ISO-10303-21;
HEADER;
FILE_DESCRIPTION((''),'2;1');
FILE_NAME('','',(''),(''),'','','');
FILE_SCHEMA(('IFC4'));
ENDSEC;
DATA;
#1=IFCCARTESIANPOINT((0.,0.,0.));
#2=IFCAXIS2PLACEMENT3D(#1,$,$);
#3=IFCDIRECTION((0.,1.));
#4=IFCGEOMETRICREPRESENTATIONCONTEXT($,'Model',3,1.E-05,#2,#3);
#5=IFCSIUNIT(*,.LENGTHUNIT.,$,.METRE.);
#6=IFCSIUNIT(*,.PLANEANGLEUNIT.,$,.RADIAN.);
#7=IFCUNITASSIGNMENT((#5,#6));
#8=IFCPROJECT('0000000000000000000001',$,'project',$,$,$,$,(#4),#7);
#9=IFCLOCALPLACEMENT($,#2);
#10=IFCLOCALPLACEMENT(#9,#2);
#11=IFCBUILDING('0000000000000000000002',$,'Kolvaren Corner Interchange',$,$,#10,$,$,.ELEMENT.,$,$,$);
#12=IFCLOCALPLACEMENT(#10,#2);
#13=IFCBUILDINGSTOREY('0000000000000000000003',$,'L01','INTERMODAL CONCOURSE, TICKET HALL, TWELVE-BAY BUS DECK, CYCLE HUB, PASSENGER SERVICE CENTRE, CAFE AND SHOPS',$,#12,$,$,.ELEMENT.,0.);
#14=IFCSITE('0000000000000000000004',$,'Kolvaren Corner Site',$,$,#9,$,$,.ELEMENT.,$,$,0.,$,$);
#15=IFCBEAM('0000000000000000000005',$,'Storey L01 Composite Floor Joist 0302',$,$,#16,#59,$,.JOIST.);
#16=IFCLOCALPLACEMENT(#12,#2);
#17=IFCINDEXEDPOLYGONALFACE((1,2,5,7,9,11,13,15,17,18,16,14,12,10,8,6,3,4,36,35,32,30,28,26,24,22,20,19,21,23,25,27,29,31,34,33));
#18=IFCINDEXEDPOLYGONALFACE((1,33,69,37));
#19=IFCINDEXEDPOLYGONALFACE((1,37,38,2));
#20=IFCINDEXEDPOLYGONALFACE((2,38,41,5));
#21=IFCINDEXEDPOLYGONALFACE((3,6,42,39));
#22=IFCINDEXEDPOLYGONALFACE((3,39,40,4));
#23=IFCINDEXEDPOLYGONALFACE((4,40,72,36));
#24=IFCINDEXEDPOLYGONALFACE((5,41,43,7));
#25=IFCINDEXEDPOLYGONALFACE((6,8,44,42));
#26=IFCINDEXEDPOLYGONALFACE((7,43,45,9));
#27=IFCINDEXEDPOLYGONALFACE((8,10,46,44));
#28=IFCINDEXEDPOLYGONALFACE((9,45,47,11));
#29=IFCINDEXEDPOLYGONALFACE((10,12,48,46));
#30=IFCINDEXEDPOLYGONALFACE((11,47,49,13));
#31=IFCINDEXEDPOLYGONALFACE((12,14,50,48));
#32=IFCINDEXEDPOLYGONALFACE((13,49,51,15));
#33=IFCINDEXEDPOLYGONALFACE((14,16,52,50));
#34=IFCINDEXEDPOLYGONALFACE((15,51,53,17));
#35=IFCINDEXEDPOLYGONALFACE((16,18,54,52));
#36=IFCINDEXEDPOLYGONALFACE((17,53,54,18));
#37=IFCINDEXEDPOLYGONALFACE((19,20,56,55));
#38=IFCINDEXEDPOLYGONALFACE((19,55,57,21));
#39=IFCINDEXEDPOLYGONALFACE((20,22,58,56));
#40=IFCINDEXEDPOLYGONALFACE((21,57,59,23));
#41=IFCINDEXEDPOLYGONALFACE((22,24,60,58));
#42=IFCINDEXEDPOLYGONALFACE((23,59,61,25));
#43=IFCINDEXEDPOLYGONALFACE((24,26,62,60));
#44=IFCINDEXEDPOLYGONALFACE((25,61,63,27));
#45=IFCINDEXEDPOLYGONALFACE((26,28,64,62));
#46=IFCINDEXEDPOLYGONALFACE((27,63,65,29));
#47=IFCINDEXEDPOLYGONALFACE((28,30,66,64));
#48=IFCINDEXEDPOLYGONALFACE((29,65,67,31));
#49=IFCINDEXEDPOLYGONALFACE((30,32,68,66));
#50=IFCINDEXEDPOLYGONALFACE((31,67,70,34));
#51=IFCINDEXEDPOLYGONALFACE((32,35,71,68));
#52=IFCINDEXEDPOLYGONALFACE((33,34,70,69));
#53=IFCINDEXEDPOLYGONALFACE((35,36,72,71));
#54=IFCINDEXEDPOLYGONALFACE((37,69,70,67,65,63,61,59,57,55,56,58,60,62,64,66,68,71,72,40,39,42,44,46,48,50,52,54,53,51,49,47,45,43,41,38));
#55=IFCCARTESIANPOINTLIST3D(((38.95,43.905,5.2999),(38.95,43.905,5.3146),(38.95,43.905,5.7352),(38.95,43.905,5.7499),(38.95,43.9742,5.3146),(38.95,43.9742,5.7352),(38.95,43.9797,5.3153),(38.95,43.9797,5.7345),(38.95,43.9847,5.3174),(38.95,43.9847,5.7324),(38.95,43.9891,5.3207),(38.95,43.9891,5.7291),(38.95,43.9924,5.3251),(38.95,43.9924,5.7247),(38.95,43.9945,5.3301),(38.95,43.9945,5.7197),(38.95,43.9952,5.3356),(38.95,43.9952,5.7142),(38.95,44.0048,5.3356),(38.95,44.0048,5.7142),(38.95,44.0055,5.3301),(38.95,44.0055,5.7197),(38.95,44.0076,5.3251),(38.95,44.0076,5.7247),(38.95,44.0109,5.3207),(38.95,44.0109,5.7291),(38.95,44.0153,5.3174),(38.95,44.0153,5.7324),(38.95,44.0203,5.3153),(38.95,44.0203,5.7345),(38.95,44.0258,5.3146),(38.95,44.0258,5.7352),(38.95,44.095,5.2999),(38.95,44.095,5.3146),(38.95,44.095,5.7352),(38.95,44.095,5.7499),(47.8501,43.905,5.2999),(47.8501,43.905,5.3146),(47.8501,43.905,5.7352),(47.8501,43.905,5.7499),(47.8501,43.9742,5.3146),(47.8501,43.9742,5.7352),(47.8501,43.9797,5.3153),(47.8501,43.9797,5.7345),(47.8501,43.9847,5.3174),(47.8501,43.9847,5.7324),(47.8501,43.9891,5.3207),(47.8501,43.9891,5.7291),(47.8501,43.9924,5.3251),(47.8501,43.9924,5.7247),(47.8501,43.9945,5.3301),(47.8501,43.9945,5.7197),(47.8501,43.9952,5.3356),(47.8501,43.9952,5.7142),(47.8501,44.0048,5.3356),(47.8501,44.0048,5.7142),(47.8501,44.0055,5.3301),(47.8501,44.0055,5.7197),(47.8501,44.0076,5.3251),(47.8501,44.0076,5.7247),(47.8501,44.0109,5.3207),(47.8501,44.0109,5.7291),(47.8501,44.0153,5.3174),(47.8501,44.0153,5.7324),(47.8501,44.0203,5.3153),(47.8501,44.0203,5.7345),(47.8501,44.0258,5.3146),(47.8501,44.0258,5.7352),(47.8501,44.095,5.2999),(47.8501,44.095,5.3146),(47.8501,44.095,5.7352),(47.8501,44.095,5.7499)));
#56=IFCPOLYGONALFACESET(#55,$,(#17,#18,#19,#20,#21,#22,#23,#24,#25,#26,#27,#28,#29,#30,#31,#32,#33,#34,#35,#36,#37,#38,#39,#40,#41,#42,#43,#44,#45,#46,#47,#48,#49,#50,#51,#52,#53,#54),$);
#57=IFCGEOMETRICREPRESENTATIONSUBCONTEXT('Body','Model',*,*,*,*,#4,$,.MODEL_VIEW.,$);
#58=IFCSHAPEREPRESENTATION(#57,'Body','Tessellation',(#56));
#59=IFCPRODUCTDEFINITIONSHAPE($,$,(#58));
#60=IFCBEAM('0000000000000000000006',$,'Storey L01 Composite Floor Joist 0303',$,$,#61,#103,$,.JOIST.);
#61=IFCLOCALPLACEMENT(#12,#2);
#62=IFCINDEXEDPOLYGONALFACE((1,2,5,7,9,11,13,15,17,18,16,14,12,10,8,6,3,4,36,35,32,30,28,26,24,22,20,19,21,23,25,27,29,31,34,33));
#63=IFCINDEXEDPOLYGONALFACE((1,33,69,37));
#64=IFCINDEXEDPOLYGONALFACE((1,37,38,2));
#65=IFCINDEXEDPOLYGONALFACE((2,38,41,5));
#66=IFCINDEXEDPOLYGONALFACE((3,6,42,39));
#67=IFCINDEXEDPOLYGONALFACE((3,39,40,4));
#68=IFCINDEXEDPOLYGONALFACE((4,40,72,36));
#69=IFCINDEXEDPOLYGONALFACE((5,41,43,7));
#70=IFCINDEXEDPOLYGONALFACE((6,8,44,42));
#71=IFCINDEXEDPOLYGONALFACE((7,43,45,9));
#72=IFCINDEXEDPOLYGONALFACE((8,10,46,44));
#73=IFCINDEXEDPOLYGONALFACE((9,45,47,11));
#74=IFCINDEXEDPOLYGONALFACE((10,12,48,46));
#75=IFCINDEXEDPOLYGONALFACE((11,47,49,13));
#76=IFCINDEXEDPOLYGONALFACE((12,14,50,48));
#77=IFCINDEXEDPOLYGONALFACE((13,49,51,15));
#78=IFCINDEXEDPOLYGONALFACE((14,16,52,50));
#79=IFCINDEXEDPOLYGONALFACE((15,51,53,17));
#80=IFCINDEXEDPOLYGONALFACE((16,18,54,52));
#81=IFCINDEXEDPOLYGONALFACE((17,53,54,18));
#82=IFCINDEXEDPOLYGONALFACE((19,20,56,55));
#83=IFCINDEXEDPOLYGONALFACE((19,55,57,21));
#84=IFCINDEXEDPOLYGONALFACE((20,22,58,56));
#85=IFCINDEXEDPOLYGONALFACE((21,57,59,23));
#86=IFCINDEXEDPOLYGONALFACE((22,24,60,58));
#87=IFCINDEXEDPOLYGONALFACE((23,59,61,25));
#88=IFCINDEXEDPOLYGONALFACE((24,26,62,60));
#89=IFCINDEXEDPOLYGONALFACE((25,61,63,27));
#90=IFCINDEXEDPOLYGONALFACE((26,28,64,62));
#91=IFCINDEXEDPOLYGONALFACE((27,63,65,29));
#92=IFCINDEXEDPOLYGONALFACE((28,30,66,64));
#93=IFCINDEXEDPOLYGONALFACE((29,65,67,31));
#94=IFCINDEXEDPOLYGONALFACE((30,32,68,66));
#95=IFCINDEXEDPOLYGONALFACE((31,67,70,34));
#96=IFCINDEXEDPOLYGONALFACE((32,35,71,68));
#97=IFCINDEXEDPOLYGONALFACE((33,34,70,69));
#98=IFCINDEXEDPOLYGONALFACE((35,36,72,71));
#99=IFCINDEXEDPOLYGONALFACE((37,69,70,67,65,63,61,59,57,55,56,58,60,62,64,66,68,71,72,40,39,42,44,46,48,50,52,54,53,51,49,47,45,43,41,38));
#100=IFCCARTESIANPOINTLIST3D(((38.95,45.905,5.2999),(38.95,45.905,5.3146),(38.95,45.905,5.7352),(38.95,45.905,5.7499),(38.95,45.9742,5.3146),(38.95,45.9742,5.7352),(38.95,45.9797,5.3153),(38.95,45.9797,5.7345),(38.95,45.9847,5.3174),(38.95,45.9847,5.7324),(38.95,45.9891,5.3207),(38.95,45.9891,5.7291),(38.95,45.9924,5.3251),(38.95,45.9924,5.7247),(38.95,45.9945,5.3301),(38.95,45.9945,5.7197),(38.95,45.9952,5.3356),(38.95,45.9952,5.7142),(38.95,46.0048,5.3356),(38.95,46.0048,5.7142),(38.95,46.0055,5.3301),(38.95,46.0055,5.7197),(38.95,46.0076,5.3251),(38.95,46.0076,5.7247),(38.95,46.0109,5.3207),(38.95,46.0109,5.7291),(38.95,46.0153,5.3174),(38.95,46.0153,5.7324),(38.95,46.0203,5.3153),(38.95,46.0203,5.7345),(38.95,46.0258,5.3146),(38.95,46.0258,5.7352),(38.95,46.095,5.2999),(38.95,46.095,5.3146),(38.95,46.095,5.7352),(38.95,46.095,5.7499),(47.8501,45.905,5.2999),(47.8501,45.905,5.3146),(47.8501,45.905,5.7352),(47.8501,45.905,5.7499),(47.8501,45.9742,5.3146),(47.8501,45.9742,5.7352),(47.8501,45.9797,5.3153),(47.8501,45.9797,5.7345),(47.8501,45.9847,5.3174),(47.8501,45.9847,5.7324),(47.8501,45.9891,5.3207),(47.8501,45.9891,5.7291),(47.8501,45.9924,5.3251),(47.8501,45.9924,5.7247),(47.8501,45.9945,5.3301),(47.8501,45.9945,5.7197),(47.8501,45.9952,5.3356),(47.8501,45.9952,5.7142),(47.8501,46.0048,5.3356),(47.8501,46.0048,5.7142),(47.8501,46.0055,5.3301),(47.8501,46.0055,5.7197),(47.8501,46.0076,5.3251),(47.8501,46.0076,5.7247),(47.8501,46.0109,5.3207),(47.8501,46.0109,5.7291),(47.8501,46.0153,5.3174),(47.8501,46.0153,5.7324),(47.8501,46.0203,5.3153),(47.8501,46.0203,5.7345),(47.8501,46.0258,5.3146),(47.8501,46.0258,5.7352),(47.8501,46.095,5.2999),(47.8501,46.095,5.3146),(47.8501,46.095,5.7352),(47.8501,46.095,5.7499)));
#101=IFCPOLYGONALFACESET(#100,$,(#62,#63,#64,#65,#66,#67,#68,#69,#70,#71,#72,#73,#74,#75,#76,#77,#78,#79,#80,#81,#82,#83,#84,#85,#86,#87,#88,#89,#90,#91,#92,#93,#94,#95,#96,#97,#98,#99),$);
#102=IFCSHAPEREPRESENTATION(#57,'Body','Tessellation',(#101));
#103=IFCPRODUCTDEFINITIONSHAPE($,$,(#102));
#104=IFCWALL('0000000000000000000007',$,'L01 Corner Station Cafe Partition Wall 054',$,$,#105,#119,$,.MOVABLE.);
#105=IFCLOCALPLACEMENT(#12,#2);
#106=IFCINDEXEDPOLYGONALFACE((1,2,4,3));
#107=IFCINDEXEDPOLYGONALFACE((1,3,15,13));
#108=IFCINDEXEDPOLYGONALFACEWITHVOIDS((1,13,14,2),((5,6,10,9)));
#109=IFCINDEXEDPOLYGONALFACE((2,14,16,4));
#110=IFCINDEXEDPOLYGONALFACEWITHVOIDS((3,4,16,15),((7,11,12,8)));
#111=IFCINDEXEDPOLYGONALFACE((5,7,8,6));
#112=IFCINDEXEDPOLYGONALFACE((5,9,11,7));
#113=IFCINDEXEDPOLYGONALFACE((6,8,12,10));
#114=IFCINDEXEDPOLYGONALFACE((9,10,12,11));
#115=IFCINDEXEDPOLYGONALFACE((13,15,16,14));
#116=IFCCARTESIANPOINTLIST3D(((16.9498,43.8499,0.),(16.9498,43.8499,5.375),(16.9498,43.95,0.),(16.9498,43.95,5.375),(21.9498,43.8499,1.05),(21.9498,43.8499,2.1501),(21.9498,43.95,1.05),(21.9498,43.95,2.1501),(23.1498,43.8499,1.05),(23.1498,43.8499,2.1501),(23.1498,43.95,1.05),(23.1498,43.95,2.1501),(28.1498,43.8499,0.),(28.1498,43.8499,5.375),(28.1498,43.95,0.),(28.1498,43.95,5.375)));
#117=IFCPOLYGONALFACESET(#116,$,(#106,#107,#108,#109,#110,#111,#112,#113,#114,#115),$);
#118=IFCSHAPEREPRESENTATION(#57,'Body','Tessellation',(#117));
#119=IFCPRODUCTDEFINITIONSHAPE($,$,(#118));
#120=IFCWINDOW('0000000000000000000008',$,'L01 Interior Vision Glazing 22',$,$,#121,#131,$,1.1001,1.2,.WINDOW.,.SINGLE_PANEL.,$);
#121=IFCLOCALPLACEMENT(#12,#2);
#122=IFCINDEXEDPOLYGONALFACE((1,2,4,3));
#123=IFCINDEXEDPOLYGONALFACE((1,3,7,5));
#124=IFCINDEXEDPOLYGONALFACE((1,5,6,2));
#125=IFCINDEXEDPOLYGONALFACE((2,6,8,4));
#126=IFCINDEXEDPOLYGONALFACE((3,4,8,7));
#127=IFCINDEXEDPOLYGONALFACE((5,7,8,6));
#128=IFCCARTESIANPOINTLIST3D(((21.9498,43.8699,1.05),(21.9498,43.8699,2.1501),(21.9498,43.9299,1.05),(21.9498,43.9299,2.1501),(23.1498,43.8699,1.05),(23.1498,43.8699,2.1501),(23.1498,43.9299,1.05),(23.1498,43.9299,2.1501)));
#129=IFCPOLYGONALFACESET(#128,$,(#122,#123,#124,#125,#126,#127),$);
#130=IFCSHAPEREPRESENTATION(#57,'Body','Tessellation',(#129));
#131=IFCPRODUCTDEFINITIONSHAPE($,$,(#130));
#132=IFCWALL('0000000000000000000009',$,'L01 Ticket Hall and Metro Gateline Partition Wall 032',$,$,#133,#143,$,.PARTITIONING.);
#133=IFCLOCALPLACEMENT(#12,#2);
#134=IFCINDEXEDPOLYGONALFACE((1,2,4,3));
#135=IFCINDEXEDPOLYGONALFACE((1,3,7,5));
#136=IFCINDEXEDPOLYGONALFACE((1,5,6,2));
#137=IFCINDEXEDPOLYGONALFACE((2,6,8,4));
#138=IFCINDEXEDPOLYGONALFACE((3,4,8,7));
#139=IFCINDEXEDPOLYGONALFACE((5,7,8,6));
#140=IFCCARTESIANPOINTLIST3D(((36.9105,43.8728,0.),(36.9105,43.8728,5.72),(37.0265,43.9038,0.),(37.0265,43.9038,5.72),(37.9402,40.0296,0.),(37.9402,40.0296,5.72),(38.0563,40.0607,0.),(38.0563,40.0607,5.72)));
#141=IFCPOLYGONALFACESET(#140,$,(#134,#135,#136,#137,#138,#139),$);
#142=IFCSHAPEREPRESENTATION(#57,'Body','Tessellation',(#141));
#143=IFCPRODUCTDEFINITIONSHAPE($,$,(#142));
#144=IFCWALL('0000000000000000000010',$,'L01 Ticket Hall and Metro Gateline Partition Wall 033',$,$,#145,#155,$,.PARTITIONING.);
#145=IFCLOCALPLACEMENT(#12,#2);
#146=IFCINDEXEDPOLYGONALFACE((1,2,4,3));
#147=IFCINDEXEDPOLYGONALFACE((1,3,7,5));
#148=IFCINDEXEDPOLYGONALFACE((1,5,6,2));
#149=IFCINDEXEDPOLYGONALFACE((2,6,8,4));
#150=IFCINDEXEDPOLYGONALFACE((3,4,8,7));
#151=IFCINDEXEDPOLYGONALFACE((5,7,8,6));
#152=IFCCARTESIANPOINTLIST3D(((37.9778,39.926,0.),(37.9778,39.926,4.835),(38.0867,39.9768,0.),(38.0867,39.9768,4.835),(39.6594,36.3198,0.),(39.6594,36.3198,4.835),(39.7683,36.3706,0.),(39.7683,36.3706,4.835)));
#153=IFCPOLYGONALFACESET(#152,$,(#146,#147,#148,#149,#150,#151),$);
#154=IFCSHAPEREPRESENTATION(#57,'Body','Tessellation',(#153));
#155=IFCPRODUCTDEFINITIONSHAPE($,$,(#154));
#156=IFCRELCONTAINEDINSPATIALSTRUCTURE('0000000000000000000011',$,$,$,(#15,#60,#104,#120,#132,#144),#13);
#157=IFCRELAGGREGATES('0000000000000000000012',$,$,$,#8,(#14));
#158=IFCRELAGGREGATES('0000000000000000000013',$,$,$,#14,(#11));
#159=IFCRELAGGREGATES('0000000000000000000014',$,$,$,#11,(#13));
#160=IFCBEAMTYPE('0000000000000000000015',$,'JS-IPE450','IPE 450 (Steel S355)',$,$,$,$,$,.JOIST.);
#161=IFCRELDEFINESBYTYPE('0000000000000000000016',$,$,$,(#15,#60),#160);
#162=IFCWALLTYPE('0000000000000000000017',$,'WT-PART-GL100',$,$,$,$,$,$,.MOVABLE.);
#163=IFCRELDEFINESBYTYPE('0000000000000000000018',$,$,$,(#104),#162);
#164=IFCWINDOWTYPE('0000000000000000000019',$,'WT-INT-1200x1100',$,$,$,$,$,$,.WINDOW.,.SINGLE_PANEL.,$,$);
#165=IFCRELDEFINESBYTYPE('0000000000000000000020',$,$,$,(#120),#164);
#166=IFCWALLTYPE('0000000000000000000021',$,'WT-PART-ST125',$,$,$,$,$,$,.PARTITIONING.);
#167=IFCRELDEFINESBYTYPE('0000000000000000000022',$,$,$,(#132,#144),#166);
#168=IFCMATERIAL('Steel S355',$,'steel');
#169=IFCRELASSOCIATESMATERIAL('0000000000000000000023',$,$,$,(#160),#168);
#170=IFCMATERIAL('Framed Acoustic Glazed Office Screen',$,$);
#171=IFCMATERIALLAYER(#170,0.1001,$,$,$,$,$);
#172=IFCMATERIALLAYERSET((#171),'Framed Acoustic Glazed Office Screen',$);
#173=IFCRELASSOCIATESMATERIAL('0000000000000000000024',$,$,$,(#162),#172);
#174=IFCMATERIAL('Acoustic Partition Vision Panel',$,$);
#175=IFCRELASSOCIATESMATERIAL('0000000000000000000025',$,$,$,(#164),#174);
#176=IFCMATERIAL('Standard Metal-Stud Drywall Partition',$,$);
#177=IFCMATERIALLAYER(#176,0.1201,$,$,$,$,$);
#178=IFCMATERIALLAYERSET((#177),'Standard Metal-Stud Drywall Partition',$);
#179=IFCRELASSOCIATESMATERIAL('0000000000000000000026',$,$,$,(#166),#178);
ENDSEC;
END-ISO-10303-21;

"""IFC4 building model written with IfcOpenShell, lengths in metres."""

from ifc_helpers import new_model, si_unit, direction, frame, frame_2d, origin, origin_2d, place, context, subcontext, project, spatial, rectangle, i_section, extrude, material, layer, layer_set, material_profile, profile_set, type_object, element, fill, save


model = new_model("IFC4")

# Units and contexts
model_context = context("Model", 3, precision=1e-05, world=origin(), true_north=direction((0.0, 1.0)))
body_context = subcontext(model_context, "Body", "Model", "MODEL_VIEW")
ifc_project = project(units=[si_unit("LENGTHUNIT", "METRE"), si_unit("PLANEANGLEUNIT", "RADIAN")], contexts=[model_context])

# Site, building, storey
site_placement = place(None, origin())
site = spatial("IfcSite", under=ifc_project, at=site_placement, Name="Kolvaren Corner Site", CompositionType="ELEMENT", RefElevation=0.0)
building_placement = place(site_placement, origin())
building = spatial("IfcBuilding", under=site, at=building_placement, Name="Kolvaren Corner Interchange", CompositionType="ELEMENT")
storey_placement = place(building_placement, origin())
storey = spatial("IfcBuildingStorey", under=building, at=storey_placement, Name="L01", Description="INTERMODAL CONCOURSE, TICKET HALL, TWELVE-BAY BUS DECK, CYCLE HUB, PASSENGER SERVICE CENTRE, CAFE AND SHOPS", CompositionType="ELEMENT", Elevation=0.0)

# Beams
ifc_material_1 = material(Name="Steel S355", Category="steel")
ifc_material_profile_1 = material_profile(ifc_material_1, i_section(OverallWidth=0.1899, OverallDepth=0.45, WebThickness=0.0095, FlangeThickness=0.0146, FilletRadius=0.021, at=origin_2d()), Name="IPE 450")
ifc_profile_set_1 = profile_set([ifc_material_profile_1], Name="Steel S355")
beam_type_1 = type_object("IfcBeamType", Name="JS-IPE450", Description="IPE 450 (Steel S355)", PredefinedType="JOIST", material=ifc_profile_set_1)
for number, where, z_axis, x_axis, name in (
    (1, (38.95, 44.0, 5.5249), (1.0, 0.0, 0.0), (0.0, 1.0, 0.0), "Storey L01 Composite Floor Joist 0302"),
    (2, (38.95, 46.0, 5.5249), (1.0, 0.0, 0.0), (0.0, 1.0, 0.0), "Storey L01 Composite Floor Joist 0303"),
):
    element("IfcBeam", number, at=place(storey_placement, frame(where, z_axis=z_axis, x_axis=x_axis)), inside=storey, type_object=beam_type_1, Name=name, PredefinedType="JOIST", context=body_context, shape_type="SweptSolid", body=[
        extrude(i_section(OverallWidth=0.1899, OverallDepth=0.45, WebThickness=0.0095, FlangeThickness=0.0146, FilletRadius=0.021, at=origin_2d()), origin(), (0.0, 0.0, 1.0), 8.9001),
    ])

# Wall, opening, window
ifc_material_2 = material(Name="Framed Acoustic Glazed Office Screen")
ifc_layer_1 = layer(ifc_material_2, 0.1001)
ifc_layer_set_1 = layer_set([ifc_layer_1], Name="Framed Acoustic Glazed Office Screen")
wall_type_1 = type_object("IfcWallType", Name="WT-PART-GL100", PredefinedType="MOVABLE", material=ifc_layer_set_1)
wall_1_placement = place(storey_placement, frame((28.1499, 43.8999, 0.0), z_axis=(0.0, 0.0, 1.0), x_axis=(-1.0, 0.0, 0.0)))
wall_1 = element("IfcWall", 3, at=wall_1_placement, inside=storey, type_object=wall_type_1, Name="L01 Corner Station Cafe Partition Wall 054", PredefinedType="MOVABLE", context=body_context, shape_type="SweptSolid", body=[
    extrude(rectangle(XDim=11.2, YDim=0.1001, at=frame_2d((5.6001, 0.0))), origin(), (0.0, 0.0, 1.0), 5.375),
])
opening_placement = place(wall_1_placement, frame((5.0, 0.0, 1.05)))
opening = element("IfcOpeningElement", 4, at=opening_placement, cuts=wall_1, PredefinedType="OPENING", context=body_context, shape_type="SweptSolid", body=[
    extrude(rectangle(XDim=1.2, YDim=1.1001, at=frame_2d((0.6001, 0.55))), frame((0.0, 0.0601, 0.0), z_axis=(0.0, -1.0, 0.0), x_axis=(1.0, 0.0, 0.0)), (0.0, 0.0, 1.0), 0.1201),
])
ifc_material_3 = material(Name="Acoustic Partition Vision Panel")
window_type = type_object("IfcWindowType", Name="WT-INT-1200x1100", PartitioningType="SINGLE_PANEL", PredefinedType="WINDOW", material=ifc_material_3)
window_placement = place(opening_placement, origin())
window = element("IfcWindow", 5, at=window_placement, inside=storey, type_object=window_type, Name="L01 Interior Vision Glazing 22", OverallHeight=1.1001, OverallWidth=1.2, PartitioningType="SINGLE_PANEL", PredefinedType="WINDOW", context=body_context, shape_type="SweptSolid", body=[
    extrude(rectangle(XDim=1.2, YDim=1.1001, at=frame_2d((0.6001, 0.55))), frame((0.0, 0.03, 0.0), z_axis=(0.0, -1.0, 0.0), x_axis=(1.0, 0.0, 0.0)), (0.0, 0.0, 1.0), 0.0601),
])
fill(opening, window)

# Walls
ifc_material_4 = material(Name="Standard Metal-Stud Drywall Partition")
ifc_layer_2 = layer(ifc_material_4, 0.1201)
ifc_layer_set_2 = layer_set([ifc_layer_2], Name="Standard Metal-Stud Drywall Partition")
wall_type_2 = type_object("IfcWallType", Name="WT-PART-ST125", PredefinedType="PARTITIONING", material=ifc_layer_set_2)
wall_2_placement = place(storey_placement, frame((36.9685, 43.8882, 0.0), z_axis=(0.0, 0.0, 1.0), x_axis=(0.258816, -0.965927, 0.0)))
element("IfcWall", 6, at=wall_2_placement, inside=storey, type_object=wall_type_2, Name="L01 Ticket Hall and Metro Gateline Partition Wall 032", PredefinedType="PARTITIONING", context=body_context, shape_type="SweptSolid", body=[
    extrude(rectangle(XDim=3.9788, YDim=0.1201, at=frame_2d((1.9893, 0.0))), origin(), (0.0, 0.0, 1.0), 5.72),
])
wall_3_placement = place(storey_placement, frame((38.0322, 39.9514, 0.0), z_axis=(0.0, 0.0, 1.0), x_axis=(0.422627, -0.906304, 0.0)))
element("IfcWall", 7, at=wall_3_placement, inside=storey, type_object=wall_type_2, Name="L01 Ticket Hall and Metro Gateline Partition Wall 033", PredefinedType="PARTITIONING", context=body_context, shape_type="SweptSolid", body=[
    extrude(rectangle(XDim=3.979, YDim=0.1201, at=frame_2d((1.9895, 0.0))), origin(), (0.0, 0.0, 1.0), 4.835),
])

save(model, "model.ifc")
